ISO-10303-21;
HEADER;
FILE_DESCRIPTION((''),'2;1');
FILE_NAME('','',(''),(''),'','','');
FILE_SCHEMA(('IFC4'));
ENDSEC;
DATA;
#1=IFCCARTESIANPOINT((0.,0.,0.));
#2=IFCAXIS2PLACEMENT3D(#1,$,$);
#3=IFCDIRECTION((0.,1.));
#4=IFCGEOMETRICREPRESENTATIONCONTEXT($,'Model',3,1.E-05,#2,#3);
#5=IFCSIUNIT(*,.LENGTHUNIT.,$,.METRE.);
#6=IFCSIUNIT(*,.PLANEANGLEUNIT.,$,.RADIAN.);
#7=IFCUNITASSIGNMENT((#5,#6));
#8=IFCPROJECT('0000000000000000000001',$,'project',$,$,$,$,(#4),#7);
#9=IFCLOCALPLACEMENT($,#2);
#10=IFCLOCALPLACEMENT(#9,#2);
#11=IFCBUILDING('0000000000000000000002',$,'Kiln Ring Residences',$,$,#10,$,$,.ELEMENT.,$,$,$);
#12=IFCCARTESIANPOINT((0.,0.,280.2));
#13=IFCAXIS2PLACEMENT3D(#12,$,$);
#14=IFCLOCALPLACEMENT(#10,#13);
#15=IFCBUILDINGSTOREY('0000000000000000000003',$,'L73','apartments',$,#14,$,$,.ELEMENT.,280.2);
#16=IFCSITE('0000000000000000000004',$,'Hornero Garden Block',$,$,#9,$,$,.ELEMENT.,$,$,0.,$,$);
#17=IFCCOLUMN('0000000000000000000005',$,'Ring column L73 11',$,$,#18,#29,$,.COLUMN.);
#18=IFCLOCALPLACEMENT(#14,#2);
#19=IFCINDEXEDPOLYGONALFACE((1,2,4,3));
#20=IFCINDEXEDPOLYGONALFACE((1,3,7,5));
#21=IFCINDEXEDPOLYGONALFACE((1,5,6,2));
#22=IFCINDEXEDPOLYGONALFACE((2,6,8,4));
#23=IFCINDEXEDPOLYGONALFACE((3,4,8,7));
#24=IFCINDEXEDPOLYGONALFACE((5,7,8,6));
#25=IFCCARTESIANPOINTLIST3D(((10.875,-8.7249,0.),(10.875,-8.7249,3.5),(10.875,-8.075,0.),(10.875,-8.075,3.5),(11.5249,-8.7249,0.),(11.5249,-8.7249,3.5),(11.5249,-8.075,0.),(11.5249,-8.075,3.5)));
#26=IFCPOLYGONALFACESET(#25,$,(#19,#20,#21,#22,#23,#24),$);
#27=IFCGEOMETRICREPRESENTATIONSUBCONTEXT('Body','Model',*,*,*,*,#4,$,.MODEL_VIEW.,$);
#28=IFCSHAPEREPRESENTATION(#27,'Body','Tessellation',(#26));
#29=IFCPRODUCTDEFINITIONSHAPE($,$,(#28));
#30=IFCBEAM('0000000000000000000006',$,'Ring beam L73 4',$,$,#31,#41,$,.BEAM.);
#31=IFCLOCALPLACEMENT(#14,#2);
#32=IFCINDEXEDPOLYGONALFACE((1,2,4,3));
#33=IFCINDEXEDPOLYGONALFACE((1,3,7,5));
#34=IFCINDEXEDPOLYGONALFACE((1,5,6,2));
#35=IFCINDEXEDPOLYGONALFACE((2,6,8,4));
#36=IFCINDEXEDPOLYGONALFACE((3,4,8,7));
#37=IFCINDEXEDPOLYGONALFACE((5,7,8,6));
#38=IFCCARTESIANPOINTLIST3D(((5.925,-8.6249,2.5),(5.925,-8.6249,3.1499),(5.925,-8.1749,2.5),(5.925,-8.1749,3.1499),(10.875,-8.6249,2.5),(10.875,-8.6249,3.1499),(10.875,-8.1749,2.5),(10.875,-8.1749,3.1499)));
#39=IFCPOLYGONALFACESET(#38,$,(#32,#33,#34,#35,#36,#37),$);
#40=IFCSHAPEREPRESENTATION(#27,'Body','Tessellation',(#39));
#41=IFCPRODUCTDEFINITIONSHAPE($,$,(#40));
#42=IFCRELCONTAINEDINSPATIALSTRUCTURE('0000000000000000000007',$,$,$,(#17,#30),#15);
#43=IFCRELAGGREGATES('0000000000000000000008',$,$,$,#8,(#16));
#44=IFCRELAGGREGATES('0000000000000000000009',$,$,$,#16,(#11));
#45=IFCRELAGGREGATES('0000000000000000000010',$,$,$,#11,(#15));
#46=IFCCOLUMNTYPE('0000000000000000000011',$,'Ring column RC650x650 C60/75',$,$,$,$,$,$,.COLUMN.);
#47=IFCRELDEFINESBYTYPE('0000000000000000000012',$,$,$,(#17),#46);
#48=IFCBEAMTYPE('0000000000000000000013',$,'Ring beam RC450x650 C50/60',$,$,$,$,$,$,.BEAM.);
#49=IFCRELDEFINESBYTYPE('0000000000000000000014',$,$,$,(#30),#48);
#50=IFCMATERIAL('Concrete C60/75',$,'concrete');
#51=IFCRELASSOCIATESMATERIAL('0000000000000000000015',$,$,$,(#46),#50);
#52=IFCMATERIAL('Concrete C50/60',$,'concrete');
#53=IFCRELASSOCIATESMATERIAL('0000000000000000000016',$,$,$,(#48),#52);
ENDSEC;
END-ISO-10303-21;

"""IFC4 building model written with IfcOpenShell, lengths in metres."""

from ifc_helpers import new_model, si_unit, direction, frame, origin, origin_2d, place, context, subcontext, project, spatial, rectangle, extrude, material, material_profile, profile_set, type_object, element, save


model = new_model("IFC4")

# Units and contexts
model_context = context("Model", 3, precision=1e-05, world=origin(), true_north=direction((0.0, 1.0)))
body_context = subcontext(model_context, "Body", "Model", "MODEL_VIEW")
ifc_project = project(units=[si_unit("LENGTHUNIT", "METRE"), si_unit("PLANEANGLEUNIT", "RADIAN")], contexts=[model_context])

# Site, building, storey
site_placement = place(None, origin())
site = spatial("IfcSite", under=ifc_project, at=site_placement, Name="Hornero Garden Block", CompositionType="ELEMENT", RefElevation=0.0)
building_placement = place(site_placement, origin())
building = spatial("IfcBuilding", under=site, at=building_placement, Name="Kiln Ring Residences", CompositionType="ELEMENT")
storey_placement = place(building_placement, frame((0.0, 0.0, 280.2)))
storey = spatial("IfcBuildingStorey", under=building, at=storey_placement, Name="L73", Description="apartments", CompositionType="ELEMENT", Elevation=280.2)

# Column
ifc_material_1 = material(Name="Concrete C60/75", Category="concrete")
ifc_material_profile_1 = material_profile(ifc_material_1, rectangle(XDim=0.6499, YDim=0.6499, at=origin_2d()), Name="RC650x650")
ifc_profile_set_1 = profile_set([ifc_material_profile_1], Name="Concrete C60/75")
column_type = type_object("IfcColumnType", Name="Ring column RC650x650 C60/75", PredefinedType="COLUMN", material=ifc_profile_set_1)
column_placement = place(storey_placement, frame((11.2, -8.3999, 0.0), z_axis=(0.0, 0.0, 1.0), x_axis=(1.0, 0.0, 0.0)))
element("IfcColumn", 1, at=column_placement, inside=storey, type_object=column_type, Name="Ring column L73 11", PredefinedType="COLUMN", context=body_context, shape_type="SweptSolid", body=[
    extrude(rectangle(XDim=0.6499, YDim=0.6499, at=origin_2d()), origin(), (0.0, 0.0, 1.0), 3.5),
])

# Beam
ifc_material_2 = material(Name="Concrete C50/60", Category="concrete")
ifc_material_profile_2 = material_profile(ifc_material_2, rectangle(XDim=0.45, YDim=0.6499, at=origin_2d()), Name="RC450x650")
ifc_profile_set_2 = profile_set([ifc_material_profile_2], Name="Concrete C50/60")
beam_type = type_object("IfcBeamType", Name="Ring beam RC450x650 C50/60", PredefinedType="BEAM", material=ifc_profile_set_2)
beam_placement = place(storey_placement, frame((5.925, -8.3999, 2.825), z_axis=(1.0, 0.0, 0.0), x_axis=(0.0, 1.0, 0.0)))
element("IfcBeam", 2, at=beam_placement, inside=storey, type_object=beam_type, Name="Ring beam L73 4", PredefinedType="BEAM", context=body_context, shape_type="SweptSolid", body=[
    extrude(rectangle(XDim=0.45, YDim=0.6499, at=origin_2d()), origin(), (0.0, 0.0, 1.0), 4.95),
])

save(model, "model.ifc")
